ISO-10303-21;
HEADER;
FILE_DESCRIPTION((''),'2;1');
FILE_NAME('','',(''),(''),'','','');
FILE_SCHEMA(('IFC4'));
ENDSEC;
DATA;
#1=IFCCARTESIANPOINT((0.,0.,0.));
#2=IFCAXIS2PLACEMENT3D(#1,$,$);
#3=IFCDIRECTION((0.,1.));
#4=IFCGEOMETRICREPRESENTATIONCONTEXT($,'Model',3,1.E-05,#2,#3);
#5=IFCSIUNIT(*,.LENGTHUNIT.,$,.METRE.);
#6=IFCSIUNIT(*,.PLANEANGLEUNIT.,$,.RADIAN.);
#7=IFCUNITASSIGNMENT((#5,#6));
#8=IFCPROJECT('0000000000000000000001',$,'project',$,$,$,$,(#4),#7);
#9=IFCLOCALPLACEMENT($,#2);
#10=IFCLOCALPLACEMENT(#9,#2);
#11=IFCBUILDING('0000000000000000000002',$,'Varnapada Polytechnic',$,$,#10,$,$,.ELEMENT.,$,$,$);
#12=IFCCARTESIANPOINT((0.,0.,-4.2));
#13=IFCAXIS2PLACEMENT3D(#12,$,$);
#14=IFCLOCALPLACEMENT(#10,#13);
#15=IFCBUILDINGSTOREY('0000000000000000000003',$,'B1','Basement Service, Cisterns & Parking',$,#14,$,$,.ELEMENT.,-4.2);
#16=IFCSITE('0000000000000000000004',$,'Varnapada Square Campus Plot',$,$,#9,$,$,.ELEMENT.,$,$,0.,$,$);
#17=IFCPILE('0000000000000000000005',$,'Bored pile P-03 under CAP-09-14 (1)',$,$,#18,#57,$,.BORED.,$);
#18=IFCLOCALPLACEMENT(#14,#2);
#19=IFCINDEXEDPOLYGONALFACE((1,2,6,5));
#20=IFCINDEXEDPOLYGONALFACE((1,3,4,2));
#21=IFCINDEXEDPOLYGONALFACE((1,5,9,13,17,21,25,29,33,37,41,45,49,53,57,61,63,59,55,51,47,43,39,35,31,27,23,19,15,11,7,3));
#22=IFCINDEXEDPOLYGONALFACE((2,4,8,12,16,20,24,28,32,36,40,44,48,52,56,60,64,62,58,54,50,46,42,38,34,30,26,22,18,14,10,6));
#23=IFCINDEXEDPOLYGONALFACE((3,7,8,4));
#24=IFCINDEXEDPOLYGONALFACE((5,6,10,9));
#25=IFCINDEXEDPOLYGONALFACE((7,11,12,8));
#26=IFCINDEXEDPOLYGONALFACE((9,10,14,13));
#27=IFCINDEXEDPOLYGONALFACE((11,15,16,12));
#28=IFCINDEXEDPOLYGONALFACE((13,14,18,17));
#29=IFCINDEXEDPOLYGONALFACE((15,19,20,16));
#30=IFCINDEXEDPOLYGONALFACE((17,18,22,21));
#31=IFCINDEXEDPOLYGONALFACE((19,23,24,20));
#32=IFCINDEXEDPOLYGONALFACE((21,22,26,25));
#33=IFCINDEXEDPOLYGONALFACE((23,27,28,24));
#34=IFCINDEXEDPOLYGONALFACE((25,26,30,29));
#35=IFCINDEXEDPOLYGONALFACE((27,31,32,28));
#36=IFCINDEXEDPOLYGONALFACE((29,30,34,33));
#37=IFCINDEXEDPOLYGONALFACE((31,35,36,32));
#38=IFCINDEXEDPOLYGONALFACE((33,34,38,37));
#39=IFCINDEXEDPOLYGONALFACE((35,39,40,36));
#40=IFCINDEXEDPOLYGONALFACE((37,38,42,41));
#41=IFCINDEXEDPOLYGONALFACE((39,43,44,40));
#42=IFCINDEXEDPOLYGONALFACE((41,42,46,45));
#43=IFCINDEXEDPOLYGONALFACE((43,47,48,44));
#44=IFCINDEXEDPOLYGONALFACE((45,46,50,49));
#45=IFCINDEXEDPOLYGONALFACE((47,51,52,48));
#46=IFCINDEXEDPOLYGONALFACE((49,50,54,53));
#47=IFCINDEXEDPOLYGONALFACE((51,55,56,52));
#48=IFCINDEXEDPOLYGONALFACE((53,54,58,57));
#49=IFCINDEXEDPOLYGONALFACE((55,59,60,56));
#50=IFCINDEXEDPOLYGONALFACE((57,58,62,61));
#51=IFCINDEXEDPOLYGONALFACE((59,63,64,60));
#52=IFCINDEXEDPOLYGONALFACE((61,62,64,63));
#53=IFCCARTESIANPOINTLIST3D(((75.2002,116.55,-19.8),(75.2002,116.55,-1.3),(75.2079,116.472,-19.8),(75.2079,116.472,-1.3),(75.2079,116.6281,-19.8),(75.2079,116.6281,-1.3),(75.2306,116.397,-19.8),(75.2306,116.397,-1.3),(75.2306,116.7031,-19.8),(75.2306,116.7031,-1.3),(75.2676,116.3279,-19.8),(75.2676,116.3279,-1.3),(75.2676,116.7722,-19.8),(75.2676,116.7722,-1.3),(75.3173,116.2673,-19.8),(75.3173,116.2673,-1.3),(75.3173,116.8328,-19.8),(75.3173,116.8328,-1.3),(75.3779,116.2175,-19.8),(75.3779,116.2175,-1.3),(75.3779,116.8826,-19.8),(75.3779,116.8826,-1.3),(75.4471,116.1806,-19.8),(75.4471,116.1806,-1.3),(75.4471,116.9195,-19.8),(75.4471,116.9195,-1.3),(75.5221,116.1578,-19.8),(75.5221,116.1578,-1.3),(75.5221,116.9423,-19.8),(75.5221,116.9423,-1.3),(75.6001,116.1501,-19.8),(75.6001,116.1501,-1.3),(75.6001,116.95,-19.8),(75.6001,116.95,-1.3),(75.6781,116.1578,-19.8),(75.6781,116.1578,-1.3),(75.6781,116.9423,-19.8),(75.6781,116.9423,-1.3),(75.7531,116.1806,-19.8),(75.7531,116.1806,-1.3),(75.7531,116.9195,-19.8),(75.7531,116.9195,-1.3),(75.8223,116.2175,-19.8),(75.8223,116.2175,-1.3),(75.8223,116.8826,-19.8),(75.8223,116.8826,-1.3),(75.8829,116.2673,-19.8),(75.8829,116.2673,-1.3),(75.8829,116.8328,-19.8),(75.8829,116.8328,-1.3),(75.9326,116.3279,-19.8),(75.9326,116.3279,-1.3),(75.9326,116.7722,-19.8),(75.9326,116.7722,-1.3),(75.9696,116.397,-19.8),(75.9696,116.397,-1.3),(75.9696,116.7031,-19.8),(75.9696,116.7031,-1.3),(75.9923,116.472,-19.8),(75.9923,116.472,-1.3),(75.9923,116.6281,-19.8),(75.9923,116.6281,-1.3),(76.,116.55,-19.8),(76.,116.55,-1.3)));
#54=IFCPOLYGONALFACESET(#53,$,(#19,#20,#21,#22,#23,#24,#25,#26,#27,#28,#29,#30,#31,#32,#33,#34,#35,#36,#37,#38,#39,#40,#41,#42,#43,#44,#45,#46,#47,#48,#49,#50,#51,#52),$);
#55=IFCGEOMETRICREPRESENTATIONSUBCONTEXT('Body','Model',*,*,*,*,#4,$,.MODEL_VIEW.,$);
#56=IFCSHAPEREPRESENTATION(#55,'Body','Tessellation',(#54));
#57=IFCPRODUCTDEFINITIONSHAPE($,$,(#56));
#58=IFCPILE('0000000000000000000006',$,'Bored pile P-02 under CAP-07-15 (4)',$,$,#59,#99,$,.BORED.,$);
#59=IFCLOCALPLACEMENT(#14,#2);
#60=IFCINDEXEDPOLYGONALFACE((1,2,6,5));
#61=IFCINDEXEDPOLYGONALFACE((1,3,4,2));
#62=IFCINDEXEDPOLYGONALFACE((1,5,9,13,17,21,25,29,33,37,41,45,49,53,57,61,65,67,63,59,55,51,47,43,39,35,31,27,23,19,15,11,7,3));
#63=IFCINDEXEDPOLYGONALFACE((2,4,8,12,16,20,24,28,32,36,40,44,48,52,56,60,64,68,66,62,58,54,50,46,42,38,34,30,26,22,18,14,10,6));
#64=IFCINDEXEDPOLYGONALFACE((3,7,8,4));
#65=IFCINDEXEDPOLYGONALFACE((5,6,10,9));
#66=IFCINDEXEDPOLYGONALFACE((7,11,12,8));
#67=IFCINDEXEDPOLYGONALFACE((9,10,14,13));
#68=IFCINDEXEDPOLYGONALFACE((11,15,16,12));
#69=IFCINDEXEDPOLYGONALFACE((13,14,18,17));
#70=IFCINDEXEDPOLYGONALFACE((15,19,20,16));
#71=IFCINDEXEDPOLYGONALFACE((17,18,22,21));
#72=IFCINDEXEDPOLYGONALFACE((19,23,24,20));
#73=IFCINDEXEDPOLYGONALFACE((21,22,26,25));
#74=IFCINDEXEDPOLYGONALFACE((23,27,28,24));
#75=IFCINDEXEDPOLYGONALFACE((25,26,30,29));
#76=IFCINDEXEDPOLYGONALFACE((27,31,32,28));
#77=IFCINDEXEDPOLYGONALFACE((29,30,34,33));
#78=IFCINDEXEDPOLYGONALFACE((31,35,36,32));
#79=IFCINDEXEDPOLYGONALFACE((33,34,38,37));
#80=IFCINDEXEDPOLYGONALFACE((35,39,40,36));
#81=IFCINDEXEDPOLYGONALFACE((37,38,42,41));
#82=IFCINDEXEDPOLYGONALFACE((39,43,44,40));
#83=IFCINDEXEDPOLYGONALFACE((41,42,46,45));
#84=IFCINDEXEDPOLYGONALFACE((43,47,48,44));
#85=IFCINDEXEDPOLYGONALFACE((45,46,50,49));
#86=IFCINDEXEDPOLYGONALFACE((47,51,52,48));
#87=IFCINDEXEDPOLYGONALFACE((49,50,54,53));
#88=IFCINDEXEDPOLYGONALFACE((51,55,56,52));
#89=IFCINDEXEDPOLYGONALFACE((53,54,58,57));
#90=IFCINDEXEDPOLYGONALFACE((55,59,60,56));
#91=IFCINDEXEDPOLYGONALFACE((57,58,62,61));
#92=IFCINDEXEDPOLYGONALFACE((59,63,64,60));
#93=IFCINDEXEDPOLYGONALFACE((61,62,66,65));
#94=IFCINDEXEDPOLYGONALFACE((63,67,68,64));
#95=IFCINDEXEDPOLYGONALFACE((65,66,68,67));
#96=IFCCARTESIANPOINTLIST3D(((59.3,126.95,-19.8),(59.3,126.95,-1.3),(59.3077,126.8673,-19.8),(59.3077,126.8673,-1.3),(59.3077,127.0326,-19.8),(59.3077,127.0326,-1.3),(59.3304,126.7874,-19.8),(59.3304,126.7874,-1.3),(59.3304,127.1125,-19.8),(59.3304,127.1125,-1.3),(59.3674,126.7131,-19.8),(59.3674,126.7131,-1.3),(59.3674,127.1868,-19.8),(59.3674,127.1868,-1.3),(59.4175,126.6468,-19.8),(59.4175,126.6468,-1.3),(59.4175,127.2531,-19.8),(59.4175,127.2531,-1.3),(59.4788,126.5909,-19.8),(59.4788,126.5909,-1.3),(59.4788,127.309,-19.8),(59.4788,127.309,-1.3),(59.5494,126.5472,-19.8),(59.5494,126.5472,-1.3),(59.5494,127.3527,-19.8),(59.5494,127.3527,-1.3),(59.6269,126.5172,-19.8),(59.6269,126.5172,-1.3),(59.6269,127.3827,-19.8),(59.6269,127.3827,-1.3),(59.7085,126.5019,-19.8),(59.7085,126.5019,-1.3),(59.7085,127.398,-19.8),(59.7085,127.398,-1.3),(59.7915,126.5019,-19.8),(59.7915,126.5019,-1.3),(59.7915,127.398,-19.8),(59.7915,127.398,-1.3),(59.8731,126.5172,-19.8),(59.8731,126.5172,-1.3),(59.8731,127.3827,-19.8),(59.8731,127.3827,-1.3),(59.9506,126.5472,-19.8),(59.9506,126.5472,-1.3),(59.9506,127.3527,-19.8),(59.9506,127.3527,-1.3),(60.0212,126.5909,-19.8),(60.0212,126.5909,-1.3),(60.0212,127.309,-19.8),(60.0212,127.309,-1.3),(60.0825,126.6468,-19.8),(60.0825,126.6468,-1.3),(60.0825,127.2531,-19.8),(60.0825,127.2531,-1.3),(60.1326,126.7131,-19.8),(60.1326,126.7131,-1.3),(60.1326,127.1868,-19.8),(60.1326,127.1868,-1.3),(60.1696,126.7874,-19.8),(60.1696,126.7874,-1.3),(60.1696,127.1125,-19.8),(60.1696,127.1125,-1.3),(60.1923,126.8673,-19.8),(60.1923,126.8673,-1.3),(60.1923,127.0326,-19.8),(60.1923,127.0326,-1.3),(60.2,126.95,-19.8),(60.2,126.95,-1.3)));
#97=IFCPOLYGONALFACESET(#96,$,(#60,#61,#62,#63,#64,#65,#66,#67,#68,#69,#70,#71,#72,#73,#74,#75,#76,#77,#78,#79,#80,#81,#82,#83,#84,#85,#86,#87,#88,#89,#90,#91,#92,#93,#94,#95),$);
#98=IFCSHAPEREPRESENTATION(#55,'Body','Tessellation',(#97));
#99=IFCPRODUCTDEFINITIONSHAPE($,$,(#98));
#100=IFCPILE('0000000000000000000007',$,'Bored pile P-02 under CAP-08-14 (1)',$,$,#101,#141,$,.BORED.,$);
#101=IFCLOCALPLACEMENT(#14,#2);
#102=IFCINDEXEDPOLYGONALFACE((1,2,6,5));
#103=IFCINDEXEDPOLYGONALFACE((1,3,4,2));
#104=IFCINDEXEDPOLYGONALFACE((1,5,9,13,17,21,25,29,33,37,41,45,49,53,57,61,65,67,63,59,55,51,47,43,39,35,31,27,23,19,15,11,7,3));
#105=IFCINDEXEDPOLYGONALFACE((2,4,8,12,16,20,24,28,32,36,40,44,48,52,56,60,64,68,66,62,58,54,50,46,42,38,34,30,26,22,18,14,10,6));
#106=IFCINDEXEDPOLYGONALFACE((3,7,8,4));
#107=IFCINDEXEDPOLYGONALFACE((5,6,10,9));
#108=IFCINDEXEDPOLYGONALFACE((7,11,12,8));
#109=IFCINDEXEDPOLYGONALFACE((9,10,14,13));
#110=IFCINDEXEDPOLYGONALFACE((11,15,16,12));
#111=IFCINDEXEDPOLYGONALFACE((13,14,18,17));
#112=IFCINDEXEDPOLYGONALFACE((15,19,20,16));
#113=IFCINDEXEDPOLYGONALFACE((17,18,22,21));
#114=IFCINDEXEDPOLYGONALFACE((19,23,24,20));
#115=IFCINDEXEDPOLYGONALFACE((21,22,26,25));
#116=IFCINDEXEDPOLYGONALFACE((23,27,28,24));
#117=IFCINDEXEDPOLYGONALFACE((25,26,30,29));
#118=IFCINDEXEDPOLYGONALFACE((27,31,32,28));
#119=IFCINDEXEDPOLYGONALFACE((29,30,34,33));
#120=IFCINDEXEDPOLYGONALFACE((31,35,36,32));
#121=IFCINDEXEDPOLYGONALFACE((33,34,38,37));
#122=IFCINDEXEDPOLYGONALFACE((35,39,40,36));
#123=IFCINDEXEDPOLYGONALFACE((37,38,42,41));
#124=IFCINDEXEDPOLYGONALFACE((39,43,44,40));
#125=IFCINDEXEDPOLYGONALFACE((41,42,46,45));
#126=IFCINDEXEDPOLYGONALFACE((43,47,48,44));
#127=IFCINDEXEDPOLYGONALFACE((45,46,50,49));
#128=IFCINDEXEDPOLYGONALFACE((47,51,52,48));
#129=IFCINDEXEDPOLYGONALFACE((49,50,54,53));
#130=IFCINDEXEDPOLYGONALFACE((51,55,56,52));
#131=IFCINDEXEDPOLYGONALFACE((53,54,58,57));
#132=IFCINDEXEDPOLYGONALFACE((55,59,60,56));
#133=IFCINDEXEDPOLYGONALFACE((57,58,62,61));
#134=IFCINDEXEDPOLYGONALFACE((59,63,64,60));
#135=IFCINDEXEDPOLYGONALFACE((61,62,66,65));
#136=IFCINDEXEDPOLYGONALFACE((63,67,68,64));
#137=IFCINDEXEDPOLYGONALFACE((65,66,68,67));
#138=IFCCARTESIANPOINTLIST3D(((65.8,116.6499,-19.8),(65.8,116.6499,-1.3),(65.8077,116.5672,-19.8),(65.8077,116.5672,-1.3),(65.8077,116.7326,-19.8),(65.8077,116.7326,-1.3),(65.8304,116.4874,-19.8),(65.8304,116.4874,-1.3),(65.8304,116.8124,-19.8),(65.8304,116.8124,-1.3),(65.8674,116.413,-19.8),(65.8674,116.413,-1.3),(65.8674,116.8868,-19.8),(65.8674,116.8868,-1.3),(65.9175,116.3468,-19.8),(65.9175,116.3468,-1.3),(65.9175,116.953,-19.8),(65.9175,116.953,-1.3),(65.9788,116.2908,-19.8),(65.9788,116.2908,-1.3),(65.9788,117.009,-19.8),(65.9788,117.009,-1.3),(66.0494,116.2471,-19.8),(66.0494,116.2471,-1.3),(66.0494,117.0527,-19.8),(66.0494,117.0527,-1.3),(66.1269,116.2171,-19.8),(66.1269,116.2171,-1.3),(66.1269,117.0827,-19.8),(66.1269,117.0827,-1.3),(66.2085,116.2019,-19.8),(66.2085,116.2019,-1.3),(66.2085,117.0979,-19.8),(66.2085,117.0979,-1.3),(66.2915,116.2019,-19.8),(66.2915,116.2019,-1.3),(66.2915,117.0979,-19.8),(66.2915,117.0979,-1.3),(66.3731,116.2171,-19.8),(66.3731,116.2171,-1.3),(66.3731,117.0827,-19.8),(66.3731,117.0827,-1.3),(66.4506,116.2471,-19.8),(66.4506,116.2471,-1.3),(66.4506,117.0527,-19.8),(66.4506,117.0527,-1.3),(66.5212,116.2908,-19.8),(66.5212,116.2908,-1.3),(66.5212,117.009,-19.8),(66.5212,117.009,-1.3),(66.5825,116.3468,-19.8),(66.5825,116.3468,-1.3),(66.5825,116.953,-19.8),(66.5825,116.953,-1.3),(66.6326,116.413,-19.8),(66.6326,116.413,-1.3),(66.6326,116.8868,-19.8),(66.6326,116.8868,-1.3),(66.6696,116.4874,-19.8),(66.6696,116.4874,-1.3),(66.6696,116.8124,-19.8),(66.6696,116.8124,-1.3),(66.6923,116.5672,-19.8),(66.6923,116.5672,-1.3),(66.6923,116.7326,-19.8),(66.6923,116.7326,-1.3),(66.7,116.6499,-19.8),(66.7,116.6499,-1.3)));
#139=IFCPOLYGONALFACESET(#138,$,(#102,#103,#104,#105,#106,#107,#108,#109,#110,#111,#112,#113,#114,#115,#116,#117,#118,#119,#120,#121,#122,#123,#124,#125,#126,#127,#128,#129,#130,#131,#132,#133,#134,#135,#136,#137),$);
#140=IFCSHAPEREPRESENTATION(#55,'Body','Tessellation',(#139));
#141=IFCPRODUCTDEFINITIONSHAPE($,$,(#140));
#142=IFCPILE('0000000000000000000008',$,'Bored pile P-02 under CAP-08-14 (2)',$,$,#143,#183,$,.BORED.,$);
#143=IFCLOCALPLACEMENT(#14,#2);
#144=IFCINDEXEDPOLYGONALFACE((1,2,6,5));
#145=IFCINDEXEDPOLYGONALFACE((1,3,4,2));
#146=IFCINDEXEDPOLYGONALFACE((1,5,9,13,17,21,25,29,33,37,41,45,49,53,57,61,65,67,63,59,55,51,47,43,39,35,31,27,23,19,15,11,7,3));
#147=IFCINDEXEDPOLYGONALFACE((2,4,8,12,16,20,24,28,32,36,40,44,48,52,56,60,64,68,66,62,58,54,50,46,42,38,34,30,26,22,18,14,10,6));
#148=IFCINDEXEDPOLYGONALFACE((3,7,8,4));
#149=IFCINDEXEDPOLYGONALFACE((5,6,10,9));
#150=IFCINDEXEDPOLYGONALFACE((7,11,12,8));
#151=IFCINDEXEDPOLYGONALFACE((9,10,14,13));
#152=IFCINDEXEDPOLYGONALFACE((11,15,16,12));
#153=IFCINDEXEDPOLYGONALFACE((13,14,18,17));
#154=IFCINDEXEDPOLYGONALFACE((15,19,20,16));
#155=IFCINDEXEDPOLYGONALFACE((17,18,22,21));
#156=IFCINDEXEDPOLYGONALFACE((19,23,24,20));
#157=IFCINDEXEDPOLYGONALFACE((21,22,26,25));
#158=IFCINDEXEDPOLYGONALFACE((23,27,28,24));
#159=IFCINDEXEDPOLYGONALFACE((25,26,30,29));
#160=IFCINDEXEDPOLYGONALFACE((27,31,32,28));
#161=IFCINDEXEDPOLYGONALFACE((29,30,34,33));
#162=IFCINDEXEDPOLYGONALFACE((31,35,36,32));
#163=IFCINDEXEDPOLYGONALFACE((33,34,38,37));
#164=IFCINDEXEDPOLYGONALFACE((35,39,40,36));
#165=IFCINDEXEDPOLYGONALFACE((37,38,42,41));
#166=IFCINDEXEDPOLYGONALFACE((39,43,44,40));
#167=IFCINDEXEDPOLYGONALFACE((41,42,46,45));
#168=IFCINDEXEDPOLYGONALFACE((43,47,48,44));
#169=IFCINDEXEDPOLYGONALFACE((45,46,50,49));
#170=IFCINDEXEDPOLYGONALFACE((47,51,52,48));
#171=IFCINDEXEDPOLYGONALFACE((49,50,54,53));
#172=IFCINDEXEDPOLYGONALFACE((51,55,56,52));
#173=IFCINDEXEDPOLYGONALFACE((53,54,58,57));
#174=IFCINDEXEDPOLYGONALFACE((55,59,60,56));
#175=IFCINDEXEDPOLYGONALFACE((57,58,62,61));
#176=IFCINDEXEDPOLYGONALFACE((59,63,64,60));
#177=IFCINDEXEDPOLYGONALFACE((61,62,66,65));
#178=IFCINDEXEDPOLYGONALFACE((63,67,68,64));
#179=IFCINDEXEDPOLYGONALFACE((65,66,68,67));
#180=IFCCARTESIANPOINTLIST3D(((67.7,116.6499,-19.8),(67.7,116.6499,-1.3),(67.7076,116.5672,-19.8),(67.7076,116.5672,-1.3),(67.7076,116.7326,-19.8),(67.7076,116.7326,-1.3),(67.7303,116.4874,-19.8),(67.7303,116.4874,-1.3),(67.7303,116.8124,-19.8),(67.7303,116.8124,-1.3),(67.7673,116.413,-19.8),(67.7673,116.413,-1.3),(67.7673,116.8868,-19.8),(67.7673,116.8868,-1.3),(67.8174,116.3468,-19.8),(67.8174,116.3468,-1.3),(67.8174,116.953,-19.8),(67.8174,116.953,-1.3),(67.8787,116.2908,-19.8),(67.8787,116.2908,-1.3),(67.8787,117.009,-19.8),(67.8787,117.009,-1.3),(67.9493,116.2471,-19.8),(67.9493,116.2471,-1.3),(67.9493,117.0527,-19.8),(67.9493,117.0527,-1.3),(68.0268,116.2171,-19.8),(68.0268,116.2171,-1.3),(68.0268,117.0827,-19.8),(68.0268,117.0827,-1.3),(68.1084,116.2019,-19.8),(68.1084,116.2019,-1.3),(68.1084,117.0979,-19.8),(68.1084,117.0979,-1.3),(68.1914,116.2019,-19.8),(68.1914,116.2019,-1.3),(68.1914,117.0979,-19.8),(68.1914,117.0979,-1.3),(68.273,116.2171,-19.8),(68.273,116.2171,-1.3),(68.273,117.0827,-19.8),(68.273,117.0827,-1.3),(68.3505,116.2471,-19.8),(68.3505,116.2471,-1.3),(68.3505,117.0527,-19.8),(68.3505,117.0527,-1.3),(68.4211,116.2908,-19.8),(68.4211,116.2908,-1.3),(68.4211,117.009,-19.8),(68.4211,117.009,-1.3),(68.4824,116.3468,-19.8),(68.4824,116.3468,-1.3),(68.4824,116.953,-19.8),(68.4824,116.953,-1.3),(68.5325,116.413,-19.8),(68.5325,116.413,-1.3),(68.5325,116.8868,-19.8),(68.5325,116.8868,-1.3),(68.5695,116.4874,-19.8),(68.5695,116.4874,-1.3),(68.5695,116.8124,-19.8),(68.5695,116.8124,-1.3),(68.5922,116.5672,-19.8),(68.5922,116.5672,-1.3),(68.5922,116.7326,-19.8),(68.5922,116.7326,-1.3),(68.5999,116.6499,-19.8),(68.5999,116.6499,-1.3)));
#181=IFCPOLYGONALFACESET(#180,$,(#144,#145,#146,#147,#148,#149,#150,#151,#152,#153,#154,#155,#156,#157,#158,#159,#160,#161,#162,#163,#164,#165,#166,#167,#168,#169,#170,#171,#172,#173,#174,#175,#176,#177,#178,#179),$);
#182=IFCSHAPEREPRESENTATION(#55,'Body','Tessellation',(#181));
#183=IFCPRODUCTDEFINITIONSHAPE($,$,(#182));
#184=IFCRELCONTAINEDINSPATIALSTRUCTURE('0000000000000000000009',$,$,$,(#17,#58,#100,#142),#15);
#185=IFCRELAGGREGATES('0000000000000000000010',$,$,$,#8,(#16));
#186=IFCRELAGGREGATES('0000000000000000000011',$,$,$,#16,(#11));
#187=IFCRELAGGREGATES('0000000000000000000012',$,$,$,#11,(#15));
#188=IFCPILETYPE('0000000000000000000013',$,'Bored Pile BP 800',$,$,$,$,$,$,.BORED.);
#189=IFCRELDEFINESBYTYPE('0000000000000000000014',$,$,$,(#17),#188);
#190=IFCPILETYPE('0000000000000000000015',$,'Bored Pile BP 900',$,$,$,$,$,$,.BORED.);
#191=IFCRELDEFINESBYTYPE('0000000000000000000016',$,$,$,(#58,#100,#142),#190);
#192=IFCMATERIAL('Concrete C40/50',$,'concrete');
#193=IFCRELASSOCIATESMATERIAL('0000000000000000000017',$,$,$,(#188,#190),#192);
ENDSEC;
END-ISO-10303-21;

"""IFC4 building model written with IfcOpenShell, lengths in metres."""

from ifc_helpers import new_model, si_unit, direction, frame, origin, origin_2d, place, context, subcontext, project, spatial, circle, extrude, material, material_profile, profile_set, type_object, element, save


model = new_model("IFC4")

# Units and contexts
model_context = context("Model", 3, precision=1e-05, world=origin(), true_north=direction((0.0, 1.0)))
body_context = subcontext(model_context, "Body", "Model", "MODEL_VIEW")
ifc_project = project(units=[si_unit("LENGTHUNIT", "METRE"), si_unit("PLANEANGLEUNIT", "RADIAN")], contexts=[model_context])

# Site, building, storey
site_placement = place(None, origin())
site = spatial("IfcSite", under=ifc_project, at=site_placement, Name="Varnapada Square Campus Plot", CompositionType="ELEMENT", RefElevation=0.0)
building_placement = place(site_placement, origin())
building = spatial("IfcBuilding", under=site, at=building_placement, Name="Varnapada Polytechnic", CompositionType="ELEMENT")
storey_placement = place(building_placement, frame((0.0, 0.0, -4.2)))
storey = spatial("IfcBuildingStorey", under=building, at=storey_placement, Name="B1", Description="Basement Service, Cisterns & Parking", CompositionType="ELEMENT", Elevation=-4.2)

# Piles
ifc_material_1 = material(Name="Concrete C40/50", Category="concrete")
ifc_material_profile_1 = material_profile(ifc_material_1, circle(Radius=0.3999, at=origin_2d()), Name="BP 800")
ifc_profile_set_1 = profile_set([ifc_material_profile_1], Name="Concrete C40/50")
pile_type_1 = type_object("IfcPileType", Name="Bored Pile BP 800", PredefinedType="BORED", material=ifc_profile_set_1)
pile_placement = place(storey_placement, frame((75.6001, 116.55, -1.3), z_axis=(0.0, 0.0, -1.0), x_axis=(1.0, 0.0, 0.0)))
element("IfcPile", 1, at=pile_placement, inside=storey, type_object=pile_type_1, Name="Bored pile P-03 under CAP-09-14 (1)", PredefinedType="BORED", context=body_context, shape_type="SweptSolid", body=[
    extrude(circle(Radius=0.3999, at=origin_2d()), origin(), (0.0, 0.0, 1.0), 18.5),
])
ifc_material_profile_2 = material_profile(ifc_material_1, circle(Radius=0.45, at=origin_2d()), Name="BP 900")
ifc_profile_set_2 = profile_set([ifc_material_profile_2], Name="Concrete C40/50")
pile_type_2 = type_object("IfcPileType", Name="Bored Pile BP 900", PredefinedType="BORED", material=ifc_profile_set_2)
for number, where, z_axis, x_axis, name in (
    (2, (59.75, 126.95, -1.3), (0.0, 0.0, -1.0), (1.0, 0.0, 0.0), "Bored pile P-02 under CAP-07-15 (4)"),
    (3, (66.25, 116.6499, -1.3), (0.0, 0.0, -1.0), (1.0, 0.0, 0.0), "Bored pile P-02 under CAP-08-14 (1)"),
    (4, (68.1499, 116.6499, -1.3), (0.0, 0.0, -1.0), (1.0, 0.0, 0.0), "Bored pile P-02 under CAP-08-14 (2)"),
):
    element("IfcPile", number, at=place(storey_placement, frame(where, z_axis=z_axis, x_axis=x_axis)), inside=storey, type_object=pile_type_2, Name=name, PredefinedType="BORED", context=body_context, shape_type="SweptSolid", body=[
        extrude(circle(Radius=0.45, at=origin_2d()), origin(), (0.0, 0.0, 1.0), 18.5),
    ])

save(model, "model.ifc")
